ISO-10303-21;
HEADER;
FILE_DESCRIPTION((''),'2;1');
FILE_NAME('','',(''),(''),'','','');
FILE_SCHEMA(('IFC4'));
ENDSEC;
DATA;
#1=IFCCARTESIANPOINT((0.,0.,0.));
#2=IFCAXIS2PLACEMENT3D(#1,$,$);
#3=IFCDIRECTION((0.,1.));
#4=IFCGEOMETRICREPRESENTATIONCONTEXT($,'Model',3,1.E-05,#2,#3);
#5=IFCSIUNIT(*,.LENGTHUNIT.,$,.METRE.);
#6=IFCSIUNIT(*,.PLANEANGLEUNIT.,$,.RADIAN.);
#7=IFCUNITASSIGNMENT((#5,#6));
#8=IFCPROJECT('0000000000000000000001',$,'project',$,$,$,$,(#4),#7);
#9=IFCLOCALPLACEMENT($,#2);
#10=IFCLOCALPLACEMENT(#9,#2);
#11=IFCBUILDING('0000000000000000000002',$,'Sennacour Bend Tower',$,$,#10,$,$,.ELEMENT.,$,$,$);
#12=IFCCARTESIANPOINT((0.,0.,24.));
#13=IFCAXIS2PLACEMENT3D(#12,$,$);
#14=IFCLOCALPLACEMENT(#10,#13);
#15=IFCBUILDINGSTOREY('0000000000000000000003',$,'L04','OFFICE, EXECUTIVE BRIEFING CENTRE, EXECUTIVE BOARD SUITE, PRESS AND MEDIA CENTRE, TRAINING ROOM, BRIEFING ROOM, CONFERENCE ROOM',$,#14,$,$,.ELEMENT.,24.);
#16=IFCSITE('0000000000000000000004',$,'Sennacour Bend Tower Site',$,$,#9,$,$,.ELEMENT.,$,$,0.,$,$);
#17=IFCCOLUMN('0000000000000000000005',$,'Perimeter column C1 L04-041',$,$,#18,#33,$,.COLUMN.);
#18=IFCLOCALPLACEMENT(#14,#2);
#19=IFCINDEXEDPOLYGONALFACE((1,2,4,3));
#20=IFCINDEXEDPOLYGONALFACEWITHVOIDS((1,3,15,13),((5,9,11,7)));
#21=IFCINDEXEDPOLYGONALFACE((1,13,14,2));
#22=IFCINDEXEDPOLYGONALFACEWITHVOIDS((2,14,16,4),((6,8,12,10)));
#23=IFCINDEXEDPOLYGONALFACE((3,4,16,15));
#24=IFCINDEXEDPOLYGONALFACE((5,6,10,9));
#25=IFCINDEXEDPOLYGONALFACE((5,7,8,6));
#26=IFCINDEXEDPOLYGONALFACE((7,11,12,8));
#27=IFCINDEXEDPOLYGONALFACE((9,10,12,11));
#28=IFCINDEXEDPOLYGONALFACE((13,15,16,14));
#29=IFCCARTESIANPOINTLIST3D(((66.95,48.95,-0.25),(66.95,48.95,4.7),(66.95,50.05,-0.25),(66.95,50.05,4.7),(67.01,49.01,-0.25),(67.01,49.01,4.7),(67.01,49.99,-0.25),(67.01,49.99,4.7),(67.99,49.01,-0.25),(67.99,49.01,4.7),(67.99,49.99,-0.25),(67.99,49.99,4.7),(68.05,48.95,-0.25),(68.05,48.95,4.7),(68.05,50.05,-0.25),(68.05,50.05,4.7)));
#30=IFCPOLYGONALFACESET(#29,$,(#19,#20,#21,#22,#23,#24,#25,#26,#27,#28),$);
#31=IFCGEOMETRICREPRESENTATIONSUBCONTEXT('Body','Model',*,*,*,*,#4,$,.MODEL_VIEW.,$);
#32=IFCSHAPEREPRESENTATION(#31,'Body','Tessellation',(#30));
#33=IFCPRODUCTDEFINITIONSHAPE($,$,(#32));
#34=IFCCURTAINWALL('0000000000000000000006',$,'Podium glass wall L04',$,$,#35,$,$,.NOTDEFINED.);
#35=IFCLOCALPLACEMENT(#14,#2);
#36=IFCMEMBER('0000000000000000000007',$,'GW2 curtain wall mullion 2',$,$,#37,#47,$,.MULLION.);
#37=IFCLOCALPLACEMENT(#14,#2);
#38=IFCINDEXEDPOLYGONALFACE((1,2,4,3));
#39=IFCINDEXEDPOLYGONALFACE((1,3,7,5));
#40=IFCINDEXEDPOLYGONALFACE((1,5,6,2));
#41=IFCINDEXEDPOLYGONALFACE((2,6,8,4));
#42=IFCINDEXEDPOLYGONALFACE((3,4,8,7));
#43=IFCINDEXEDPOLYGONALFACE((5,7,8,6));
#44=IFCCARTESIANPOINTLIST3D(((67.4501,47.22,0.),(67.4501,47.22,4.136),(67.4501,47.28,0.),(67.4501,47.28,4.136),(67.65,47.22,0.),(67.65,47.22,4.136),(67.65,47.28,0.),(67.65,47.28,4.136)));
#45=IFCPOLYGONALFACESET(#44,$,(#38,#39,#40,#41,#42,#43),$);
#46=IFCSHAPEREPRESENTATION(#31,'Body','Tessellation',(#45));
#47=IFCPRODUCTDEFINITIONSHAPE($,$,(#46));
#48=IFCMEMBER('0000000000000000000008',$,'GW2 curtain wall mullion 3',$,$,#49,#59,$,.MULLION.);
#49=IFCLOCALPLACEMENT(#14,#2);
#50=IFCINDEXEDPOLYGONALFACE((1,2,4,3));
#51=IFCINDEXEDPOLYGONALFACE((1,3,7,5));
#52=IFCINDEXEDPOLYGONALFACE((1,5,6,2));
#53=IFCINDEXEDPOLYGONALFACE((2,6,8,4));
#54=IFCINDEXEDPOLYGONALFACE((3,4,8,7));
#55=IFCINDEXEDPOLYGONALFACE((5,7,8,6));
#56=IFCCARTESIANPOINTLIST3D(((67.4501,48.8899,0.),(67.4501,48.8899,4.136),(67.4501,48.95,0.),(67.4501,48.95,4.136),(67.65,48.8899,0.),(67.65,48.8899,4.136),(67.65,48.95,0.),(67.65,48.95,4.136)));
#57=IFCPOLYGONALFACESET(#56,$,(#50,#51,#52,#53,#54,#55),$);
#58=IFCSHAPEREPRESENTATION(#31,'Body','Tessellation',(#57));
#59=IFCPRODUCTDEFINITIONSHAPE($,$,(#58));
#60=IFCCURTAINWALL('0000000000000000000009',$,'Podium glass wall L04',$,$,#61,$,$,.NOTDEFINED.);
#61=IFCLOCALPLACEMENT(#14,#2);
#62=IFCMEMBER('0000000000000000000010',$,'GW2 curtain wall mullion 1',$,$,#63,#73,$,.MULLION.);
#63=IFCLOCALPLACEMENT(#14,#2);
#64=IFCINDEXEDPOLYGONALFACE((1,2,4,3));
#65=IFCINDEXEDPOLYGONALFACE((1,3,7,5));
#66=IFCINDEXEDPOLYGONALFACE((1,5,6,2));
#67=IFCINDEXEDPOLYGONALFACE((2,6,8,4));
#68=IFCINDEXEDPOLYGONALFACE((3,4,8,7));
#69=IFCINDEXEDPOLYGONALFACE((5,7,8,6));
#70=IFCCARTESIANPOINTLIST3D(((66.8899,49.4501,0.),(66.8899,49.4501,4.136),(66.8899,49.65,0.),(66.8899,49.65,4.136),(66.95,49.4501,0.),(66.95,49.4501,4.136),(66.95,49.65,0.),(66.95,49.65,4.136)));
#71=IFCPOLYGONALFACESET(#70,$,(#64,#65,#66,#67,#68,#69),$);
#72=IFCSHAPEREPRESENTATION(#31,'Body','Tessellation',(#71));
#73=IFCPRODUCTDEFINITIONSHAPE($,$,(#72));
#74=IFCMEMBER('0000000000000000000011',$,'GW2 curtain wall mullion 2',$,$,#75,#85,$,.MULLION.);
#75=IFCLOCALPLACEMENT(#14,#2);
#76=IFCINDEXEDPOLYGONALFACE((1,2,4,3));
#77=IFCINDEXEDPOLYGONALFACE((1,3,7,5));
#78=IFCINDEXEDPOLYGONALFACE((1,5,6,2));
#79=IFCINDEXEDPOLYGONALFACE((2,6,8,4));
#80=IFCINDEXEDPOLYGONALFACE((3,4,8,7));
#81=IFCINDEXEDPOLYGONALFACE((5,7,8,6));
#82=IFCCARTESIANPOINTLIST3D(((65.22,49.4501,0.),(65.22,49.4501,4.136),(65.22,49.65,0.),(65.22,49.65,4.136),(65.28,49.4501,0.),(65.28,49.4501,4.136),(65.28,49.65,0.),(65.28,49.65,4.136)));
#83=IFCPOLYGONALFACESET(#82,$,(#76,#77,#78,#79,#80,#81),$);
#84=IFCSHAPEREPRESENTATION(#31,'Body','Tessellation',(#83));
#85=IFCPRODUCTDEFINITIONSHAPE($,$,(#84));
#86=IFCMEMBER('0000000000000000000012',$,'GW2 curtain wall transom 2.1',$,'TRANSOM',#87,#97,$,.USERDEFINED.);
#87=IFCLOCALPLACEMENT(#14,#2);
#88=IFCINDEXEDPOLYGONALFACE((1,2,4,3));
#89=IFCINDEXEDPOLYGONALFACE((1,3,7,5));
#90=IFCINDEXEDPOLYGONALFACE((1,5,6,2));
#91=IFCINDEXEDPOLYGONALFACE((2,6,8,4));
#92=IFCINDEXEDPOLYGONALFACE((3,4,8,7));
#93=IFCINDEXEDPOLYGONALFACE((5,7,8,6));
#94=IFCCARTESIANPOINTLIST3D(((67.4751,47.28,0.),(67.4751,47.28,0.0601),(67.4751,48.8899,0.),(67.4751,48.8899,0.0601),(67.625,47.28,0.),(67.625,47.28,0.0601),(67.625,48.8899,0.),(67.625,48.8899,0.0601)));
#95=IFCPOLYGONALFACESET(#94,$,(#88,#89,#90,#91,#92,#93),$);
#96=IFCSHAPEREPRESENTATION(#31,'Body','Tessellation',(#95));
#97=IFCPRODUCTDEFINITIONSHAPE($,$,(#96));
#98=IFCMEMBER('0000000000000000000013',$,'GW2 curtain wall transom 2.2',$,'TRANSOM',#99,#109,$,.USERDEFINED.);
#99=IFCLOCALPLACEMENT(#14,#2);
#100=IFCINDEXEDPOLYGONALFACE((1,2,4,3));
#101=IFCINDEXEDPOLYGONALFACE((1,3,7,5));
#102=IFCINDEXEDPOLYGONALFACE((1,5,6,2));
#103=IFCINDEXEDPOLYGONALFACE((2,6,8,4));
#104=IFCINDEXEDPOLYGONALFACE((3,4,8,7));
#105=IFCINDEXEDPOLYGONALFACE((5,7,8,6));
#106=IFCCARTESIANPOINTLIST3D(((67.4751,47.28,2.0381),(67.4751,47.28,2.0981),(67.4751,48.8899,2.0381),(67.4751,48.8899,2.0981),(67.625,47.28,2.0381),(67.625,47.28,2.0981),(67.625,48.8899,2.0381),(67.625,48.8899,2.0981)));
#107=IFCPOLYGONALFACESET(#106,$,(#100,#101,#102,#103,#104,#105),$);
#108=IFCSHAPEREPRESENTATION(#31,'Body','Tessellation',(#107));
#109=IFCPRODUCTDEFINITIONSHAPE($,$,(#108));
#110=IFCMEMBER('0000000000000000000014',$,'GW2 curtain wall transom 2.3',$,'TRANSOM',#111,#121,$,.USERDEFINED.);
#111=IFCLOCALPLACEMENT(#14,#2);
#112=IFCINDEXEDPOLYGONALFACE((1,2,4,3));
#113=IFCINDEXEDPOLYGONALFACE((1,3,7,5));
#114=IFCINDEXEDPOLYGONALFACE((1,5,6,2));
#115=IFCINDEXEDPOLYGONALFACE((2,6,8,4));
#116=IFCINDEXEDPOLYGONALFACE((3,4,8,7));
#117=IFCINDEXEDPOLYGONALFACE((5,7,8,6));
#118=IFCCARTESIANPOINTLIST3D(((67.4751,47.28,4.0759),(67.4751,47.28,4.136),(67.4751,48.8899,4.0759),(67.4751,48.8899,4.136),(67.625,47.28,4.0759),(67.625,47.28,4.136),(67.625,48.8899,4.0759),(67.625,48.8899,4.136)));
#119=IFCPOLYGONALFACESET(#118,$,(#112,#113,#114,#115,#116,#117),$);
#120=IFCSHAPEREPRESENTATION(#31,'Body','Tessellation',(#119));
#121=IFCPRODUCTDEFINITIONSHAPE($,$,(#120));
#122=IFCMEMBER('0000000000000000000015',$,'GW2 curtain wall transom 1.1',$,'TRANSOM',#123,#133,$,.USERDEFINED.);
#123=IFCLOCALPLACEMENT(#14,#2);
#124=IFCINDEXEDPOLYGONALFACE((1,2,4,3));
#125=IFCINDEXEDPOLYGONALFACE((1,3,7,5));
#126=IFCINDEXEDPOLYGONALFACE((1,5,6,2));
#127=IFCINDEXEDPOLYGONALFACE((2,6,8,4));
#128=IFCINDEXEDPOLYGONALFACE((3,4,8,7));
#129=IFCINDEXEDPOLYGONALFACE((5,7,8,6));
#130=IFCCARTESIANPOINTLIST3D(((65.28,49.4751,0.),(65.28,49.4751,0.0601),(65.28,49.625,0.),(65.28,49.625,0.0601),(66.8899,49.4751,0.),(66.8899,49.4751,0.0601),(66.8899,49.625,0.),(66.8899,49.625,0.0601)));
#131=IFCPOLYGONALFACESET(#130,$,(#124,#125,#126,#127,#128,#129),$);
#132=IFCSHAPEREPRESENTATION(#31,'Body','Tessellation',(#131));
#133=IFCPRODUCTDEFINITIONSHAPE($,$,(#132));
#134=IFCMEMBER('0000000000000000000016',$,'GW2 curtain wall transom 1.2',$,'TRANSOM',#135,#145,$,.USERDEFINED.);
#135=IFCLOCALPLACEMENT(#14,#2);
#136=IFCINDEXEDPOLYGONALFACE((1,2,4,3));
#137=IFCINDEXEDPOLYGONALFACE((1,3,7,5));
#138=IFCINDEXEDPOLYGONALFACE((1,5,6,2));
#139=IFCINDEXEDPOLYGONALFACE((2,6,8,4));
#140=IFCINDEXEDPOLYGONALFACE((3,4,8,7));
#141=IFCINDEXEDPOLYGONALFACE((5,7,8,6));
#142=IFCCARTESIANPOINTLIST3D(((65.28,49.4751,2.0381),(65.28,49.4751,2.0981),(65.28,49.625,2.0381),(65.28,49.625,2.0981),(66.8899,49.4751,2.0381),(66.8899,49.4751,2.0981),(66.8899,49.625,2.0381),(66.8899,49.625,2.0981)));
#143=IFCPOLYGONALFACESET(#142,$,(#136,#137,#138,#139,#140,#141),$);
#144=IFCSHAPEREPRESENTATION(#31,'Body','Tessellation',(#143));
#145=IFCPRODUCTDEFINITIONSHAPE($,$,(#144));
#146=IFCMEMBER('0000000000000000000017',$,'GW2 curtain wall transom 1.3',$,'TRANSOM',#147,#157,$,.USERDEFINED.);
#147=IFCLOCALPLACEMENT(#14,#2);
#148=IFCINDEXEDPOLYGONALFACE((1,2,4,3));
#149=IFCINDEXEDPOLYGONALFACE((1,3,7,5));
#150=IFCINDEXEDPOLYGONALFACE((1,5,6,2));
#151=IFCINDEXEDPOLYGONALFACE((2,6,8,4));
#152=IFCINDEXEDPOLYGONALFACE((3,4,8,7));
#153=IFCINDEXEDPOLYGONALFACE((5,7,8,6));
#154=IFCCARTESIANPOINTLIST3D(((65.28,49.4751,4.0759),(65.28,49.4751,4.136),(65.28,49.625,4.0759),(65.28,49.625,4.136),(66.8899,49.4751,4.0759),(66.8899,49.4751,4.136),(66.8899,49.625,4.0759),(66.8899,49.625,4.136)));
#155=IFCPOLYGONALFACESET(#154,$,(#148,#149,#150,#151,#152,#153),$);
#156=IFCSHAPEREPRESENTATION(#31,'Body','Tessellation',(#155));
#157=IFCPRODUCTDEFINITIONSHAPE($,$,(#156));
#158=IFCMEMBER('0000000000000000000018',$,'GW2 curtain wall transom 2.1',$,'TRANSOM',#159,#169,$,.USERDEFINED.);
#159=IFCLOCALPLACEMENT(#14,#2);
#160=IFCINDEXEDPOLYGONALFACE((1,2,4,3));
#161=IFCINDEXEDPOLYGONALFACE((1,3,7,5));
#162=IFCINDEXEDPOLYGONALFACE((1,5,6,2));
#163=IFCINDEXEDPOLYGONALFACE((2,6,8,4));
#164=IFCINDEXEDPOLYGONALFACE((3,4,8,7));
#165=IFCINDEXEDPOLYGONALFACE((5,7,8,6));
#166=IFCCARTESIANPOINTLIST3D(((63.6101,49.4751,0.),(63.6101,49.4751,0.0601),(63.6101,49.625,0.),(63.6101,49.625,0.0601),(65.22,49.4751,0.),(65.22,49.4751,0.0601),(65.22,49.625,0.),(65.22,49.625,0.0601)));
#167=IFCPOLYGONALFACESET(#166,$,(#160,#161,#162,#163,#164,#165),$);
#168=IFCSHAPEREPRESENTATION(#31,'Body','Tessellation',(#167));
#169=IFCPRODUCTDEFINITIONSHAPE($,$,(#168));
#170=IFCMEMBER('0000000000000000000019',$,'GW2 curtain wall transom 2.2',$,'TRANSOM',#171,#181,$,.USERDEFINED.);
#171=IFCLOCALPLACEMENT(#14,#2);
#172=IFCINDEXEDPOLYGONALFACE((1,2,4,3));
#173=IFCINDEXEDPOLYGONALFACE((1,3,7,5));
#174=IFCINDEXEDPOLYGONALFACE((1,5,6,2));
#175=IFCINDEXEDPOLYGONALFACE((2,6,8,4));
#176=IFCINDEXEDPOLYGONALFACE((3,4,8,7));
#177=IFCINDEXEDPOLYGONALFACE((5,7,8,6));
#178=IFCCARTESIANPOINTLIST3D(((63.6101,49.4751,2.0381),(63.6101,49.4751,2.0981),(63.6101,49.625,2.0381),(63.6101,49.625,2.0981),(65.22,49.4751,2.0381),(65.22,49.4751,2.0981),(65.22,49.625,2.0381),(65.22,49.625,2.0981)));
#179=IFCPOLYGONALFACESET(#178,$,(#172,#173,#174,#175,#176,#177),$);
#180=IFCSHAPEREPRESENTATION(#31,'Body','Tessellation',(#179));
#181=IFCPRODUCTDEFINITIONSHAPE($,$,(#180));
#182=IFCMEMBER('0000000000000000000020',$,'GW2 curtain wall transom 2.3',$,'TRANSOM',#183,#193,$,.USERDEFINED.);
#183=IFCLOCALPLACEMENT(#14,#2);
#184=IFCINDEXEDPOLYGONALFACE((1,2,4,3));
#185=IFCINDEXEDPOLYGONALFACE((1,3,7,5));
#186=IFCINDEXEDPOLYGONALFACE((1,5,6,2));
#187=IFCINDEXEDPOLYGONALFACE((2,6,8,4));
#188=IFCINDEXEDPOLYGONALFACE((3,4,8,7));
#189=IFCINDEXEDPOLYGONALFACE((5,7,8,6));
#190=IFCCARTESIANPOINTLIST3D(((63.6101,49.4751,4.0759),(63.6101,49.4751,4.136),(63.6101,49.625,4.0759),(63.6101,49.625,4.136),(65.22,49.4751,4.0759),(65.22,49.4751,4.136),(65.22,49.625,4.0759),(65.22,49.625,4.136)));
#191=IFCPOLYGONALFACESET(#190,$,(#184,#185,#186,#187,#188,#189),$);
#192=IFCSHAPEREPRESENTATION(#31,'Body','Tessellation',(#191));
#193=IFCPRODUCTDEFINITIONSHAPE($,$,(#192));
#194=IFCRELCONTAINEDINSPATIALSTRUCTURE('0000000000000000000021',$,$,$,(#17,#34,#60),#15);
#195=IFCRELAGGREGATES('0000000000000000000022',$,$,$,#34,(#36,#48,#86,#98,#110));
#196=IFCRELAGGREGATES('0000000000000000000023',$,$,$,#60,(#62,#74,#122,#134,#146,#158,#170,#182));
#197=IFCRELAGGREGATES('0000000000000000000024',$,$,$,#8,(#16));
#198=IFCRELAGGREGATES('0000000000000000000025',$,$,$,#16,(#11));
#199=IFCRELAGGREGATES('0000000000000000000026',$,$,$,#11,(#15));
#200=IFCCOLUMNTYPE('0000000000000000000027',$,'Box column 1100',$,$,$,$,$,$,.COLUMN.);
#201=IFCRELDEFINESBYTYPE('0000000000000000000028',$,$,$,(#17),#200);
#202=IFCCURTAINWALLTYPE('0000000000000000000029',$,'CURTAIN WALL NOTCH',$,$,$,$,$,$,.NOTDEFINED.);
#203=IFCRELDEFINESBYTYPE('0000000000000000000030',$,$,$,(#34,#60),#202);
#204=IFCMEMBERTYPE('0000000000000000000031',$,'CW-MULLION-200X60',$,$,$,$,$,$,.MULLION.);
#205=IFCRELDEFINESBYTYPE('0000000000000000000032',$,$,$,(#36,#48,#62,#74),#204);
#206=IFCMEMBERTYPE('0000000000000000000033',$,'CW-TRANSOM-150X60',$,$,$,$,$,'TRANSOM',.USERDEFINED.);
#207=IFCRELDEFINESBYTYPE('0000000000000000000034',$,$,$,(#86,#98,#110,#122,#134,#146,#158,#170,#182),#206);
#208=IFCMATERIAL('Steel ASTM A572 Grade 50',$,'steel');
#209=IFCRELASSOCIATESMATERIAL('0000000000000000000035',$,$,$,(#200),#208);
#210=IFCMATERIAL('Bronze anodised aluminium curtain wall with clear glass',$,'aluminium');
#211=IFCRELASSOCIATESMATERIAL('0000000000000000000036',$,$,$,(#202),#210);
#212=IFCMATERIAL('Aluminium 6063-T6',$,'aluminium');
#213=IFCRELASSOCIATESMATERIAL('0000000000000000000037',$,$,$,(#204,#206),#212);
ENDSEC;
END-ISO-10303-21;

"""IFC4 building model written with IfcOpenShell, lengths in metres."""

from ifc_helpers import new_model, si_unit, direction, frame, origin, origin_2d, place, context, subcontext, project, spatial, rectangle, hollow_rectangle, extrude, material, material_profile, profile_set, type_object, element, aggregate, save


model = new_model("IFC4")

# Units and contexts
model_context = context("Model", 3, precision=1e-05, world=origin(), true_north=direction((0.0, 1.0)))
body_context = subcontext(model_context, "Body", "Model", "MODEL_VIEW")
ifc_project = project(units=[si_unit("LENGTHUNIT", "METRE"), si_unit("PLANEANGLEUNIT", "RADIAN")], contexts=[model_context])

# Site, building, storey
site_placement = place(None, origin())
site = spatial("IfcSite", under=ifc_project, at=site_placement, Name="Sennacour Bend Tower Site", CompositionType="ELEMENT", RefElevation=0.0)
building_placement = place(site_placement, origin())
building = spatial("IfcBuilding", under=site, at=building_placement, Name="Sennacour Bend Tower", CompositionType="ELEMENT")
storey_placement = place(building_placement, frame((0.0, 0.0, 24.0)))
storey = spatial("IfcBuildingStorey", under=building, at=storey_placement, Name="L04", Description="OFFICE, EXECUTIVE BRIEFING CENTRE, EXECUTIVE BOARD SUITE, PRESS AND MEDIA CENTRE, TRAINING ROOM, BRIEFING ROOM, CONFERENCE ROOM", CompositionType="ELEMENT", Elevation=24.0)

# Column
ifc_material_1 = material(Name="Steel ASTM A572 Grade 50", Category="steel")
ifc_material_profile_1 = material_profile(ifc_material_1, hollow_rectangle(XDim=1.1001, YDim=1.1001, WallThickness=0.0601, at=origin_2d()), Name="Steel ASTM A572 Grade 50", Category="steel")
ifc_profile_set_1 = profile_set([ifc_material_profile_1], Name="Steel ASTM A572 Grade 50")
column_type = type_object("IfcColumnType", Name="Box column 1100", PredefinedType="COLUMN", material=ifc_profile_set_1)
column_placement = place(storey_placement, frame((67.5, 49.5, -0.25), z_axis=(0.0, 0.0, 1.0), x_axis=(1.0, 0.0, 0.0)))
element("IfcColumn", 1, at=column_placement, inside=storey, type_object=column_type, Name="Perimeter column C1 L04-041", PredefinedType="COLUMN", context=body_context, shape_type="SweptSolid", body=[
    extrude(hollow_rectangle(XDim=1.1001, YDim=1.1001, WallThickness=0.0601, at=origin_2d()), origin(), (0.0, 0.0, 1.0), 4.95),
])

# Curtain walls, members
ifc_material_2 = material(Name="Bronze anodised aluminium curtain wall with clear glass", Category="aluminium")
curtain_wall_type = type_object("IfcCurtainWallType", Name="CURTAIN WALL NOTCH", PredefinedType="NOTDEFINED", material=ifc_material_2)
curtain_wall_1_placement = place(storey_placement, origin())
curtain_wall_1 = element("IfcCurtainWall", 2, at=curtain_wall_1_placement, inside=storey, type_object=curtain_wall_type, Name="Podium glass wall L04", PredefinedType="NOTDEFINED")
ifc_material_3 = material(Name="Aluminium 6063-T6", Category="aluminium")
ifc_material_profile_2 = material_profile(ifc_material_3, rectangle(XDim=0.2, YDim=0.0601, at=origin_2d()), Name="Aluminium 6063-T6", Category="aluminium")
ifc_profile_set_2 = profile_set([ifc_material_profile_2], Name="Aluminium 6063-T6")
member_type_1 = type_object("IfcMemberType", Name="CW-MULLION-200X60", PredefinedType="MULLION", material=ifc_profile_set_2)
member_1_placement = place(storey_placement, frame((67.55, 47.25, 0.0), z_axis=(0.0, 0.0, 1.0), x_axis=(-1.0, 0.0, 0.0)))
member_1 = element("IfcMember", 3, at=member_1_placement, type_object=member_type_1, Name="GW2 curtain wall mullion 2", PredefinedType="MULLION", context=body_context, shape_type="SweptSolid", body=[
    extrude(rectangle(XDim=0.2, YDim=0.0601, at=origin_2d()), origin(), (0.0, 0.0, 1.0), 4.136),
])
member_2_placement = place(storey_placement, frame((67.55, 48.9199, 0.0), z_axis=(0.0, 0.0, 1.0), x_axis=(-1.0, 0.0, 0.0)))
member_2 = element("IfcMember", 4, at=member_2_placement, type_object=member_type_1, Name="GW2 curtain wall mullion 3", PredefinedType="MULLION", context=body_context, shape_type="SweptSolid", body=[
    extrude(rectangle(XDim=0.2, YDim=0.0601, at=origin_2d()), origin(), (0.0, 0.0, 1.0), 4.136),
])
curtain_wall_2_placement = place(storey_placement, origin())
curtain_wall_2 = element("IfcCurtainWall", 5, at=curtain_wall_2_placement, inside=storey, type_object=curtain_wall_type, Name="Podium glass wall L04", PredefinedType="NOTDEFINED")
member_3_placement = place(storey_placement, frame((66.9199, 49.55, 0.0), z_axis=(0.0, 0.0, 1.0), x_axis=(0.0, -1.0, 0.0)))
member_3 = element("IfcMember", 6, at=member_3_placement, type_object=member_type_1, Name="GW2 curtain wall mullion 1", PredefinedType="MULLION", context=body_context, shape_type="SweptSolid", body=[
    extrude(rectangle(XDim=0.2, YDim=0.0601, at=origin_2d()), origin(), (0.0, 0.0, 1.0), 4.136),
])
member_4_placement = place(storey_placement, frame((65.25, 49.55, 0.0), z_axis=(0.0, 0.0, 1.0), x_axis=(0.0, -1.0, 0.0)))
member_4 = element("IfcMember", 7, at=member_4_placement, type_object=member_type_1, Name="GW2 curtain wall mullion 2", PredefinedType="MULLION", context=body_context, shape_type="SweptSolid", body=[
    extrude(rectangle(XDim=0.2, YDim=0.0601, at=origin_2d()), origin(), (0.0, 0.0, 1.0), 4.136),
])

# Members
ifc_material_profile_3 = material_profile(ifc_material_3, rectangle(XDim=0.1499, YDim=0.0601, at=origin_2d()), Name="Aluminium 6063-T6", Category="aluminium")
ifc_profile_set_3 = profile_set([ifc_material_profile_3], Name="Aluminium 6063-T6")
member_type_2 = type_object("IfcMemberType", Name="CW-TRANSOM-150X60", ElementType="TRANSOM", PredefinedType="USERDEFINED", material=ifc_profile_set_3)
member_5_placement = place(storey_placement, frame((67.55, 47.28, 0.03), z_axis=(0.0, 1.0, 0.0), x_axis=(-1.0, 0.0, 0.0)))
member_5 = element("IfcMember", 8, at=member_5_placement, type_object=member_type_2, Name="GW2 curtain wall transom 2.1", ObjectType="TRANSOM", PredefinedType="USERDEFINED", context=body_context, shape_type="SweptSolid", body=[
    extrude(rectangle(XDim=0.1499, YDim=0.0601, at=origin_2d()), origin(), (0.0, 0.0, 1.0), 1.6099),
])
member_6_placement = place(storey_placement, frame((67.55, 47.28, 2.0681), z_axis=(0.0, 1.0, 0.0), x_axis=(-1.0, 0.0, 0.0)))
member_6 = element("IfcMember", 9, at=member_6_placement, type_object=member_type_2, Name="GW2 curtain wall transom 2.2", ObjectType="TRANSOM", PredefinedType="USERDEFINED", context=body_context, shape_type="SweptSolid", body=[
    extrude(rectangle(XDim=0.1499, YDim=0.0601, at=origin_2d()), origin(), (0.0, 0.0, 1.0), 1.6099),
])
member_7_placement = place(storey_placement, frame((67.55, 47.28, 4.106), z_axis=(0.0, 1.0, 0.0), x_axis=(-1.0, 0.0, 0.0)))
member_7 = element("IfcMember", 10, at=member_7_placement, type_object=member_type_2, Name="GW2 curtain wall transom 2.3", ObjectType="TRANSOM", PredefinedType="USERDEFINED", context=body_context, shape_type="SweptSolid", body=[
    extrude(rectangle(XDim=0.1499, YDim=0.0601, at=origin_2d()), origin(), (0.0, 0.0, 1.0), 1.6099),
])
member_8_placement = place(storey_placement, frame((66.8899, 49.55, 0.03), z_axis=(-1.0, 0.0, 0.0), x_axis=(0.0, -1.0, 0.0)))
member_8 = element("IfcMember", 11, at=member_8_placement, type_object=member_type_2, Name="GW2 curtain wall transom 1.1", ObjectType="TRANSOM", PredefinedType="USERDEFINED", context=body_context, shape_type="SweptSolid", body=[
    extrude(rectangle(XDim=0.1499, YDim=0.0601, at=origin_2d()), origin(), (0.0, 0.0, 1.0), 1.6099),
])
member_9_placement = place(storey_placement, frame((66.8899, 49.55, 2.0681), z_axis=(-1.0, 0.0, 0.0), x_axis=(0.0, -1.0, 0.0)))
member_9 = element("IfcMember", 12, at=member_9_placement, type_object=member_type_2, Name="GW2 curtain wall transom 1.2", ObjectType="TRANSOM", PredefinedType="USERDEFINED", context=body_context, shape_type="SweptSolid", body=[
    extrude(rectangle(XDim=0.1499, YDim=0.0601, at=origin_2d()), origin(), (0.0, 0.0, 1.0), 1.6099),
])
member_10_placement = place(storey_placement, frame((66.8899, 49.55, 4.106), z_axis=(-1.0, 0.0, 0.0), x_axis=(0.0, -1.0, 0.0)))
member_10 = element("IfcMember", 13, at=member_10_placement, type_object=member_type_2, Name="GW2 curtain wall transom 1.3", ObjectType="TRANSOM", PredefinedType="USERDEFINED", context=body_context, shape_type="SweptSolid", body=[
    extrude(rectangle(XDim=0.1499, YDim=0.0601, at=origin_2d()), origin(), (0.0, 0.0, 1.0), 1.6099),
])
member_11_placement = place(storey_placement, frame((65.22, 49.55, 0.03), z_axis=(-1.0, 0.0, 0.0), x_axis=(0.0, -1.0, 0.0)))
member_11 = element("IfcMember", 14, at=member_11_placement, type_object=member_type_2, Name="GW2 curtain wall transom 2.1", ObjectType="TRANSOM", PredefinedType="USERDEFINED", context=body_context, shape_type="SweptSolid", body=[
    extrude(rectangle(XDim=0.1499, YDim=0.0601, at=origin_2d()), origin(), (0.0, 0.0, 1.0), 1.6099),
])
member_12_placement = place(storey_placement, frame((65.22, 49.55, 2.0681), z_axis=(-1.0, 0.0, 0.0), x_axis=(0.0, -1.0, 0.0)))
member_12 = element("IfcMember", 15, at=member_12_placement, type_object=member_type_2, Name="GW2 curtain wall transom 2.2", ObjectType="TRANSOM", PredefinedType="USERDEFINED", context=body_context, shape_type="SweptSolid", body=[
    extrude(rectangle(XDim=0.1499, YDim=0.0601, at=origin_2d()), origin(), (0.0, 0.0, 1.0), 1.6099),
])
member_13_placement = place(storey_placement, frame((65.22, 49.55, 4.106), z_axis=(-1.0, 0.0, 0.0), x_axis=(0.0, -1.0, 0.0)))
member_13 = element("IfcMember", 16, at=member_13_placement, type_object=member_type_2, Name="GW2 curtain wall transom 2.3", ObjectType="TRANSOM", PredefinedType="USERDEFINED", context=body_context, shape_type="SweptSolid", body=[
    extrude(rectangle(XDim=0.1499, YDim=0.0601, at=origin_2d()), origin(), (0.0, 0.0, 1.0), 1.6099),
])

aggregate(curtain_wall_1, [member_1, member_2, member_5, member_6, member_7])
aggregate(curtain_wall_2, [member_3, member_4, member_8, member_9, member_10, member_11, member_12, member_13])

save(model, "model.ifc")
